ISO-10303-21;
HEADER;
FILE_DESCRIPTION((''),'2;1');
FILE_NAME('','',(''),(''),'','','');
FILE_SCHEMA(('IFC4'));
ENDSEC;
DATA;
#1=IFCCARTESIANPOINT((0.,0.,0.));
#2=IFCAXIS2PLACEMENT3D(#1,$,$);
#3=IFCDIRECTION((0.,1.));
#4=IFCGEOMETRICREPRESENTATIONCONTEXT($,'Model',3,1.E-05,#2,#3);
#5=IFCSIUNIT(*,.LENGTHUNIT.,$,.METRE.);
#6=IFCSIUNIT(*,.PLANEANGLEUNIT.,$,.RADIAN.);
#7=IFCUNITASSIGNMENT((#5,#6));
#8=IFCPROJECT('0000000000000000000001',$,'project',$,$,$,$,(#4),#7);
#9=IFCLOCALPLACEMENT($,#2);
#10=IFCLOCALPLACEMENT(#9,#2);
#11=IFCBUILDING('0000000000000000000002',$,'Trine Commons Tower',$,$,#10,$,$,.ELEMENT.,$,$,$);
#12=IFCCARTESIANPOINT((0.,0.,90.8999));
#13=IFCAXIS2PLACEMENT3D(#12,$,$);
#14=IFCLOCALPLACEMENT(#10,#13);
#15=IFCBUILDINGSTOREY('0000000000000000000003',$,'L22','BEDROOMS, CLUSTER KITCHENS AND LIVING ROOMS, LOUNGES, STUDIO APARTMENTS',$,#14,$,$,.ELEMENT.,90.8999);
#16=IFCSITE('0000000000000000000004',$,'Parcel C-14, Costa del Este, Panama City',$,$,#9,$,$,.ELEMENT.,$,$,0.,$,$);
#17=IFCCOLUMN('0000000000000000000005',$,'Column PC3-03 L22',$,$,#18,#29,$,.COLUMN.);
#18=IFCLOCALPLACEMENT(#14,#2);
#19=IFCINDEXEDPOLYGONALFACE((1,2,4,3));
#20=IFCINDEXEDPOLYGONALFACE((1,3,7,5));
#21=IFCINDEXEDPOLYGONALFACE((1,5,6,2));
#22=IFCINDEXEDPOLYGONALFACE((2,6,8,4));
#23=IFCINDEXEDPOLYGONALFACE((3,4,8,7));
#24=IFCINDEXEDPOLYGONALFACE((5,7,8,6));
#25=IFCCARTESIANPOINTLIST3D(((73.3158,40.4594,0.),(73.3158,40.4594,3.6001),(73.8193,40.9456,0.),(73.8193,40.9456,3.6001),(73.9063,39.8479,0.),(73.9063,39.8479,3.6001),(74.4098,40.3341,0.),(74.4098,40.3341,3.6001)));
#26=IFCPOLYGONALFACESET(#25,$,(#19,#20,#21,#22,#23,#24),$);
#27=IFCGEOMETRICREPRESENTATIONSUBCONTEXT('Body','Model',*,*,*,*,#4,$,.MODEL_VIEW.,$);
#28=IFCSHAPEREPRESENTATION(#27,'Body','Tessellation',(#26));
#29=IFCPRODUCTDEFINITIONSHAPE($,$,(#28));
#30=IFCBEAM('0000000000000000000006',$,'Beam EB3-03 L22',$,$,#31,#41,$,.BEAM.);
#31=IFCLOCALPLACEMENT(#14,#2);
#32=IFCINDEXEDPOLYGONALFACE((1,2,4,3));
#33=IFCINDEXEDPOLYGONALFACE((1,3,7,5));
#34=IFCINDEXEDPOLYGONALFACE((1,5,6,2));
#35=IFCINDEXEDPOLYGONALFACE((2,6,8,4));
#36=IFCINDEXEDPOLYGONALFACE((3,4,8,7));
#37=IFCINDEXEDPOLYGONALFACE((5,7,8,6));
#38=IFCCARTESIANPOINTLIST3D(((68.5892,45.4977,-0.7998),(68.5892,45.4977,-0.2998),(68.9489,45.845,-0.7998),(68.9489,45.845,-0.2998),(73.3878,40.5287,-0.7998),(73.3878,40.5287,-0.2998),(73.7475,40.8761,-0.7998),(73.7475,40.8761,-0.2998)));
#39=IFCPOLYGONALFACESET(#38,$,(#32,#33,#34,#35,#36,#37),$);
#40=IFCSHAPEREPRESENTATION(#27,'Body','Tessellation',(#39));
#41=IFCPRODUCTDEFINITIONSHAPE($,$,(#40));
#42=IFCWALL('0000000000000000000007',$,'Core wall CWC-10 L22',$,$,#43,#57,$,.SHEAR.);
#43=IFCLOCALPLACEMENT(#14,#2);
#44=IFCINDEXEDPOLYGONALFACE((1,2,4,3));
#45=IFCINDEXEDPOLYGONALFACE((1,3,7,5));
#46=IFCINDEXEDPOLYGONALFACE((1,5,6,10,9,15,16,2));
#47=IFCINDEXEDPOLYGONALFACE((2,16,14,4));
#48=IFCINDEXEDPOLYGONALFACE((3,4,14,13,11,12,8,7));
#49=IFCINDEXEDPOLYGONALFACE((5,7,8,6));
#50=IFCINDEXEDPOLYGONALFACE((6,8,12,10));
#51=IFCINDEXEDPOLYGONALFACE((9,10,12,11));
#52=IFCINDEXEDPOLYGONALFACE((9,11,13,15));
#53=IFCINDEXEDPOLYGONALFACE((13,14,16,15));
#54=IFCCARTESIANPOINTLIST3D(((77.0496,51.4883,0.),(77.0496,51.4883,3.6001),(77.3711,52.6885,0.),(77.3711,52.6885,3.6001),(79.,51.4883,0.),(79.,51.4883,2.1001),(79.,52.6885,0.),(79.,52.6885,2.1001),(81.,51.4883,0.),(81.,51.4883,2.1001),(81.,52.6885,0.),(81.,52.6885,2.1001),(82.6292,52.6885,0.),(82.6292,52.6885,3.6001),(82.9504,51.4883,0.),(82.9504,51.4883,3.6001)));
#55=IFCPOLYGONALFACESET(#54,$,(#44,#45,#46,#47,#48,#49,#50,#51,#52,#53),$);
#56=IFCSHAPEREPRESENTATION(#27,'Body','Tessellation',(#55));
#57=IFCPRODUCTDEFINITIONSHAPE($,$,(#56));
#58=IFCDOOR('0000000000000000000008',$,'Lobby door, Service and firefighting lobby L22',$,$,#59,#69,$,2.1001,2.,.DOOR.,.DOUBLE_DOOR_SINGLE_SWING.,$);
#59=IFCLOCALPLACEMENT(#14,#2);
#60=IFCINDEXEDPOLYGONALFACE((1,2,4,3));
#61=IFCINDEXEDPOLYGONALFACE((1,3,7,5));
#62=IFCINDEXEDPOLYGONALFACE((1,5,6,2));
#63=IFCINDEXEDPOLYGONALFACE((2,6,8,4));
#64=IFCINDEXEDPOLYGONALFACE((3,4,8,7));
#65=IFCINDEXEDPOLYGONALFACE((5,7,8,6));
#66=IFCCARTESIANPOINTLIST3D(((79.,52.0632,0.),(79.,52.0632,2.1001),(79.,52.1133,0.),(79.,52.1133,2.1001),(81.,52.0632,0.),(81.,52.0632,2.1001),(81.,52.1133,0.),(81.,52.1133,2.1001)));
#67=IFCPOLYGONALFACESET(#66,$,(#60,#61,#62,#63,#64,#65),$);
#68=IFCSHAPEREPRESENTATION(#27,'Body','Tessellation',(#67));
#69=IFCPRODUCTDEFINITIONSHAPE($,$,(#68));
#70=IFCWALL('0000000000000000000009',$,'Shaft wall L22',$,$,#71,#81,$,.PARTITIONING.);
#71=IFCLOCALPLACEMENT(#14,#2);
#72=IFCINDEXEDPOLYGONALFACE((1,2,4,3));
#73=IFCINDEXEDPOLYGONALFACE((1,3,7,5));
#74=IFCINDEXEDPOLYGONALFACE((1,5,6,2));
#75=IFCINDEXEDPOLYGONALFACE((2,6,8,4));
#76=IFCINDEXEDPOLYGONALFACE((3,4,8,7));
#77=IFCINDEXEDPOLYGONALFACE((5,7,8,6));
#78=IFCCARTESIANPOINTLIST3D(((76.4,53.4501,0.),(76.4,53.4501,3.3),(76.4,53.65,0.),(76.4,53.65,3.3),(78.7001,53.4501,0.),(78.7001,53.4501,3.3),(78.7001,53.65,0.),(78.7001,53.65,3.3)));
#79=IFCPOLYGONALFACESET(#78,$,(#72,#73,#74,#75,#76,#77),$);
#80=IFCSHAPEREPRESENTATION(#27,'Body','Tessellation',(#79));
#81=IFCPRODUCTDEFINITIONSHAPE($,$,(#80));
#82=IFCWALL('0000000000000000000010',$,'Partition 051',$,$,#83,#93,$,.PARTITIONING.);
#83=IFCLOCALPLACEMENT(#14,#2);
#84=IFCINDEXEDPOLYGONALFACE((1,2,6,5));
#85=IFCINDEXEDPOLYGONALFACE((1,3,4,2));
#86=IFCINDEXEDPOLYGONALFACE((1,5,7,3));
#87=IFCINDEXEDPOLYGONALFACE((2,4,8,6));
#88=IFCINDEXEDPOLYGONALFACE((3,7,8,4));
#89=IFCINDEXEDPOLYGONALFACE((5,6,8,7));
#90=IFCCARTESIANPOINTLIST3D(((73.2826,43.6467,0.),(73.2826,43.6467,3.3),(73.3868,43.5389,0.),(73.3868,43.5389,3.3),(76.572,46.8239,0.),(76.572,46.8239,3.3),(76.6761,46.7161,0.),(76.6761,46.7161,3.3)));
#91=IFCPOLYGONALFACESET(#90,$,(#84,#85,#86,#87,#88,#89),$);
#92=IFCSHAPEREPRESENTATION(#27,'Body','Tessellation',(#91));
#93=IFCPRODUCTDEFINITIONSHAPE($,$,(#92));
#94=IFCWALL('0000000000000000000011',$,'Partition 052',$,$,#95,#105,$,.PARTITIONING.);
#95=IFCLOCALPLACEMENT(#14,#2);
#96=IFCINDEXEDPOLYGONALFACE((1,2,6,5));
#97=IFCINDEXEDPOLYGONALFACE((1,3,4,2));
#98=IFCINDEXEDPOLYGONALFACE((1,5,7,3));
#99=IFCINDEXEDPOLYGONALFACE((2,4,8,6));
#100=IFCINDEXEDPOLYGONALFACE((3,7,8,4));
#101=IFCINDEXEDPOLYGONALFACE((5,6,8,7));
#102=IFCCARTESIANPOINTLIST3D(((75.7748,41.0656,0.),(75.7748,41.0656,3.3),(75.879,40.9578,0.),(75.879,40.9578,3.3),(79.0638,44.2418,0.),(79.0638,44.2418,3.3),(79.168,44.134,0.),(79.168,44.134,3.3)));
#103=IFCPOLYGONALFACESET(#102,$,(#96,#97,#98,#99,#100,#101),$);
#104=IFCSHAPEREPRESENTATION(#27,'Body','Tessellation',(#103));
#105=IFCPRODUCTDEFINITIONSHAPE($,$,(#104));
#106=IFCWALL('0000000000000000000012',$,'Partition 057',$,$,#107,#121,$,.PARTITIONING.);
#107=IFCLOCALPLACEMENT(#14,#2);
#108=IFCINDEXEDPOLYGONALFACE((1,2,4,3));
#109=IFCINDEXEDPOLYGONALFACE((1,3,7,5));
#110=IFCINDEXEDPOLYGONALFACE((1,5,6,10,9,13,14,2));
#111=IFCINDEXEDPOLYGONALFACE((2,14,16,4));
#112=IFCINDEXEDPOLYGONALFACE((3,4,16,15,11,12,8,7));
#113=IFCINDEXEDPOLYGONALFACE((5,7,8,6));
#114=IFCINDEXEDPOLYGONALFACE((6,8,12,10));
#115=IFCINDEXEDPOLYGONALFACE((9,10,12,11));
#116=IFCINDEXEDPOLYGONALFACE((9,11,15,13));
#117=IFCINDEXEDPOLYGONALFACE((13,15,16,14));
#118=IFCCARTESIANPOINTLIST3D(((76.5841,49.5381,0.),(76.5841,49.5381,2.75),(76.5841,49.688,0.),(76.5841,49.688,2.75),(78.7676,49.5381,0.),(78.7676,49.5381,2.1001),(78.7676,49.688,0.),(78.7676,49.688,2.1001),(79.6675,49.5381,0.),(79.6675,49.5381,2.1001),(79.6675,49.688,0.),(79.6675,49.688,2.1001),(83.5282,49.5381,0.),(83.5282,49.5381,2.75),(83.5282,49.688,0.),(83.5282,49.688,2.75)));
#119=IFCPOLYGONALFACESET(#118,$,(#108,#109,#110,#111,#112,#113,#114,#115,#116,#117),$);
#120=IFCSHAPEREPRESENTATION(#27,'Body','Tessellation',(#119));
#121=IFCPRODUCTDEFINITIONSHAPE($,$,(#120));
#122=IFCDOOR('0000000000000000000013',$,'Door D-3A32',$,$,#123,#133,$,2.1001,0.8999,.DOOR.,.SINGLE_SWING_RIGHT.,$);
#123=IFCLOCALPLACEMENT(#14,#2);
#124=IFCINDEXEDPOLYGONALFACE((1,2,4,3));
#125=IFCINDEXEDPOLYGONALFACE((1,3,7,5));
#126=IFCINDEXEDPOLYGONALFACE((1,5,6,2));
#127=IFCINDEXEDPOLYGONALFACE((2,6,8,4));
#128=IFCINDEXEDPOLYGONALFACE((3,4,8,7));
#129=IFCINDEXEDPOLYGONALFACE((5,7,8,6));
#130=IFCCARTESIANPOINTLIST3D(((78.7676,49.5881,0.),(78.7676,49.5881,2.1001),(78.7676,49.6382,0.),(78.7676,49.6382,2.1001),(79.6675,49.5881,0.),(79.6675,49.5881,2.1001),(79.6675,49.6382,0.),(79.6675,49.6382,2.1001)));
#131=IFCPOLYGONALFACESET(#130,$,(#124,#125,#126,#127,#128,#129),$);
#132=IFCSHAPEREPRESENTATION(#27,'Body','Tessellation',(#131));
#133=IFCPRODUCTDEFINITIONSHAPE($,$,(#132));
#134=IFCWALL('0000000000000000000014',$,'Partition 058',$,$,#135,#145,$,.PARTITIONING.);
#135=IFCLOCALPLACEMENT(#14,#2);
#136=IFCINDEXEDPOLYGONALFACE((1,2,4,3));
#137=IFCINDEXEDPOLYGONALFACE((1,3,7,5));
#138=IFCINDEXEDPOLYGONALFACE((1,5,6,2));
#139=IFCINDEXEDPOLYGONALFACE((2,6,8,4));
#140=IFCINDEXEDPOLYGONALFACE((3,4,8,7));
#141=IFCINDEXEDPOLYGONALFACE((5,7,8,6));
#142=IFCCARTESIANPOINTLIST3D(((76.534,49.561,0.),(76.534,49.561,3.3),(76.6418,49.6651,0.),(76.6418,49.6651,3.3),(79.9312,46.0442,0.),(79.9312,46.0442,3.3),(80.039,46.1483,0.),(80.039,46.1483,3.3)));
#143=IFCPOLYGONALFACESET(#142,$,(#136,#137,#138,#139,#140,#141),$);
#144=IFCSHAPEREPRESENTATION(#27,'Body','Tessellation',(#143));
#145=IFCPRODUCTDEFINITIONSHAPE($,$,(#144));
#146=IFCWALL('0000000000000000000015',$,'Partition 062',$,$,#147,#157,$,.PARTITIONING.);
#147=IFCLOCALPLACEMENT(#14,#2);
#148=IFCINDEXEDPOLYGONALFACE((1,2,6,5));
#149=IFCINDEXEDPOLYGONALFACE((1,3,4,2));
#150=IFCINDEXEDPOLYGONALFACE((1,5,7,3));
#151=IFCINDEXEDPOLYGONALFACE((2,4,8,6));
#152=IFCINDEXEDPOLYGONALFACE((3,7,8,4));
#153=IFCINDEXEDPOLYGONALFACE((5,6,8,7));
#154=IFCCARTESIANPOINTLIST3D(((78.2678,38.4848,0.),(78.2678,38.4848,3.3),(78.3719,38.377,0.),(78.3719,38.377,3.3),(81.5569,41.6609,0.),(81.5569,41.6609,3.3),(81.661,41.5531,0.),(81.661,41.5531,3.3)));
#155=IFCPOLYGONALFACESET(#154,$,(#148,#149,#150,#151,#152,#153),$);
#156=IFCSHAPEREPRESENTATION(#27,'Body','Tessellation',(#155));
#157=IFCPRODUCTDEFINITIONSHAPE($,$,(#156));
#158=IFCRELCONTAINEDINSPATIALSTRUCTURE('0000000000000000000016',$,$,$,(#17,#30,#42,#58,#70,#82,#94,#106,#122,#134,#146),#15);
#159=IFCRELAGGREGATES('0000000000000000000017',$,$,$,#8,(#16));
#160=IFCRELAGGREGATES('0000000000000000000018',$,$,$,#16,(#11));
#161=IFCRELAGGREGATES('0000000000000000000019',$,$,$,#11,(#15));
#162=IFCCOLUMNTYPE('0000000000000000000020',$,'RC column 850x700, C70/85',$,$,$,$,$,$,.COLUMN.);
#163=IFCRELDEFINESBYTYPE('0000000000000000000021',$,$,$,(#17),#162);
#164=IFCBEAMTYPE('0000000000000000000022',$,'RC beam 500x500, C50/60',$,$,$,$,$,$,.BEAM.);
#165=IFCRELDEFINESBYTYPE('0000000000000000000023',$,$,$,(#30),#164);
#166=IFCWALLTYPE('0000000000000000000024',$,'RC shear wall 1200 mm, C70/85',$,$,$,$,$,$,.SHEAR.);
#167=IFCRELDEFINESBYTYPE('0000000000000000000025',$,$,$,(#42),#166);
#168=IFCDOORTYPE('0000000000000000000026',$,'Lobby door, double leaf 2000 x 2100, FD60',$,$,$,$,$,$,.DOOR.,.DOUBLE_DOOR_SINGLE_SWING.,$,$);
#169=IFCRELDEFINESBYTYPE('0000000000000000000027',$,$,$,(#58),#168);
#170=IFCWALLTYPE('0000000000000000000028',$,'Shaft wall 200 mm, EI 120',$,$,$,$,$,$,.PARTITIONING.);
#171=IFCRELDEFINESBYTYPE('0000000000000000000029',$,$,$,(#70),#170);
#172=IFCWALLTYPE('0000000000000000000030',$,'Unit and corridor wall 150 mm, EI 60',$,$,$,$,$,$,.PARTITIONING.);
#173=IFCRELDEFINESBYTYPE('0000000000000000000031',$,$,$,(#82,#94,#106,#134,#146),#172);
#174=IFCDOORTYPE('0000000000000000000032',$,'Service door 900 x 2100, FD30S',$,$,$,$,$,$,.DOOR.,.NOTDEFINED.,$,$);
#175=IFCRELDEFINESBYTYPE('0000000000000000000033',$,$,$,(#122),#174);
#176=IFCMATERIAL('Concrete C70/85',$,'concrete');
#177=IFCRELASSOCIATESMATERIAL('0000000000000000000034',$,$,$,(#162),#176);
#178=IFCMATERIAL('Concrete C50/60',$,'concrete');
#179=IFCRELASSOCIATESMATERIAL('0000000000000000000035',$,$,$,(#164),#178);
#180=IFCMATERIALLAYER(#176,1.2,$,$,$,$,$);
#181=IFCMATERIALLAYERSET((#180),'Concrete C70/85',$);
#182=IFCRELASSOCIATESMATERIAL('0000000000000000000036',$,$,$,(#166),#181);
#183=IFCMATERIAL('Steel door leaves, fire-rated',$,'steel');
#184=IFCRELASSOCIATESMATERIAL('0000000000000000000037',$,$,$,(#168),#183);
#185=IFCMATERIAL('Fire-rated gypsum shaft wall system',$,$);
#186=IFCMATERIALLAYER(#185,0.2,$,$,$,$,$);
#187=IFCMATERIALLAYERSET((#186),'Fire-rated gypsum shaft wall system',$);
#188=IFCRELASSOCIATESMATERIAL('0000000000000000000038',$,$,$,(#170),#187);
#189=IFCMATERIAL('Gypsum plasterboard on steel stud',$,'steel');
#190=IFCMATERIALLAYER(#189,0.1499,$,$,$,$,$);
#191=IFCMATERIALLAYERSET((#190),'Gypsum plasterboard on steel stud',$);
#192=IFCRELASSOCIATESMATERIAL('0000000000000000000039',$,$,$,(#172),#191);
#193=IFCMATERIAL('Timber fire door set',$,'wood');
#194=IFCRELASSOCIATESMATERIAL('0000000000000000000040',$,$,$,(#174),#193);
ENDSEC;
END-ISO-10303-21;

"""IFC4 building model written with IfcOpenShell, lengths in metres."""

from ifc_helpers import new_model, si_unit, direction, frame, frame_2d, origin, origin_2d, place, context, subcontext, project, spatial, polyline, rectangle, outline, extrude, material, layer, layer_set, material_profile, profile_set, type_object, element, fill, save


model = new_model("IFC4")

# Units and contexts
model_context = context("Model", 3, precision=1e-05, world=origin(), true_north=direction((0.0, 1.0)))
body_context = subcontext(model_context, "Body", "Model", "MODEL_VIEW")
ifc_project = project(units=[si_unit("LENGTHUNIT", "METRE"), si_unit("PLANEANGLEUNIT", "RADIAN")], contexts=[model_context])

# Site, building, storey
site_placement = place(None, origin())
site = spatial("IfcSite", under=ifc_project, at=site_placement, Name="Parcel C-14, Costa del Este, Panama City", CompositionType="ELEMENT", RefElevation=0.0)
building_placement = place(site_placement, origin())
building = spatial("IfcBuilding", under=site, at=building_placement, Name="Trine Commons Tower", CompositionType="ELEMENT")
storey_placement = place(building_placement, frame((0.0, 0.0, 90.8999)))
storey = spatial("IfcBuildingStorey", under=building, at=storey_placement, Name="L22", Description="BEDROOMS, CLUSTER KITCHENS AND LIVING ROOMS, LOUNGES, STUDIO APARTMENTS", CompositionType="ELEMENT", Elevation=90.8999)

# Column
ifc_material_1 = material(Name="Concrete C70/85", Category="concrete")
ifc_material_profile_1 = material_profile(ifc_material_1, rectangle(XDim=0.8501, YDim=0.7, at=origin_2d()), Name="RC 850x700")
ifc_profile_set_1 = profile_set([ifc_material_profile_1], Name="Concrete C70/85")
column_type = type_object("IfcColumnType", Name="RC column 850x700, C70/85", PredefinedType="COLUMN", material=ifc_profile_set_1)
column_placement = place(storey_placement, frame((73.8628, 40.3967, 0.0), z_axis=(0.0, 0.0, 1.0), x_axis=(-0.694658, 0.71934, 0.0)))
element("IfcColumn", 1, at=column_placement, inside=storey, type_object=column_type, Name="Column PC3-03 L22", PredefinedType="COLUMN", context=body_context, shape_type="SweptSolid", body=[
    extrude(rectangle(XDim=0.8501, YDim=0.7, at=origin_2d()), origin(), (0.0, 0.0, 1.0), 3.6001),
])

# Beam
ifc_material_2 = material(Name="Concrete C50/60", Category="concrete")
ifc_material_profile_2 = material_profile(ifc_material_2, rectangle(XDim=0.5, YDim=0.5, at=origin_2d()), Name="RC 500x500")
ifc_profile_set_2 = profile_set([ifc_material_profile_2], Name="Concrete C50/60")
beam_type = type_object("IfcBeamType", Name="RC beam 500x500, C50/60", PredefinedType="BEAM", material=ifc_profile_set_2)
beam_placement = place(storey_placement, frame((73.5676, 40.7024, -0.5498), z_axis=(-0.694665, 0.719334, 0.0), x_axis=(-0.719334, -0.694665, 0.0)))
element("IfcBeam", 2, at=beam_placement, inside=storey, type_object=beam_type, Name="Beam EB3-03 L22", PredefinedType="BEAM", context=body_context, shape_type="SweptSolid", body=[
    extrude(rectangle(XDim=0.5, YDim=0.5, at=origin_2d()), origin(), (0.0, 0.0, 1.0), 6.9077),
])

# Wall, opening, door
ifc_layer_1 = layer(ifc_material_1, 1.2)
ifc_layer_set_1 = layer_set([ifc_layer_1], Name="Concrete C70/85")
wall_type_1 = type_object("IfcWallType", Name="RC shear wall 1200 mm, C70/85", PredefinedType="SHEAR", material=ifc_layer_set_1)
wall_1_placement = place(storey_placement, frame((77.0496, 52.0884, 0.0), z_axis=(0.0, 0.0, 1.0), x_axis=(1.0, 0.0, 0.0)))
wall_1 = element("IfcWall", 3, at=wall_1_placement, inside=storey, type_object=wall_type_1, Name="Core wall CWC-10 L22", PredefinedType="SHEAR", context=body_context, shape_type="SweptSolid", body=[
    extrude(outline(polyline([(0.0, -0.6001), (5.9009, -0.6001), (5.5796, 0.6001), (0.3215, 0.6001), (0.0, -0.6001)])), origin(), (0.0, 0.0, 1.0), 3.6001),
])
opening_1_placement = place(wall_1_placement, frame((1.9504, 0.0, 0.0)))
opening_1 = element("IfcOpeningElement", 4, at=opening_1_placement, cuts=wall_1, PredefinedType="OPENING", context=body_context, shape_type="SweptSolid", body=[
    extrude(rectangle(XDim=2.0, YDim=2.1001, at=frame_2d((1.0, 1.05))), frame((0.0, 0.6099, 0.0), z_axis=(0.0, -1.0, 0.0), x_axis=(1.0, 0.0, 0.0)), (0.0, 0.0, 1.0), 1.22),
])
ifc_material_3 = material(Name="Steel door leaves, fire-rated", Category="steel")
door_type_1 = type_object("IfcDoorType", Name="Lobby door, double leaf 2000 x 2100, FD60", OperationType="DOUBLE_DOOR_SINGLE_SWING", PredefinedType="DOOR", material=ifc_material_3)
door_1_placement = place(opening_1_placement, origin())
door_1 = element("IfcDoor", 5, at=door_1_placement, inside=storey, type_object=door_type_1, Name="Lobby door, Service and firefighting lobby L22", OperationType="DOUBLE_DOOR_SINGLE_SWING", OverallHeight=2.1001, OverallWidth=2.0, PredefinedType="DOOR", context=body_context, shape_type="SweptSolid", body=[
    extrude(rectangle(XDim=2.0, YDim=2.1001, at=frame_2d((1.0, 1.05))), frame((0.0, 0.0249, 0.0), z_axis=(0.0, -1.0, 0.0), x_axis=(1.0, 0.0, 0.0)), (0.0, 0.0, 1.0), 0.05),
])
fill(opening_1, door_1)

# Walls
ifc_material_4 = material(Name="Fire-rated gypsum shaft wall system")
ifc_layer_2 = layer(ifc_material_4, 0.2)
ifc_layer_set_2 = layer_set([ifc_layer_2], Name="Fire-rated gypsum shaft wall system")
wall_type_2 = type_object("IfcWallType", Name="Shaft wall 200 mm, EI 120", PredefinedType="PARTITIONING", material=ifc_layer_set_2)
wall_2_placement = place(storey_placement, frame((78.7, 53.55, 0.0), z_axis=(0.0, 0.0, 1.0), x_axis=(-1.0, 0.0, 0.0)))
element("IfcWall", 6, at=wall_2_placement, inside=storey, type_object=wall_type_2, Name="Shaft wall L22", PredefinedType="PARTITIONING", context=body_context, shape_type="SweptSolid", body=[
    extrude(rectangle(XDim=2.3, YDim=0.2, at=frame_2d((1.1499, 0.0))), origin(), (0.0, 0.0, 1.0), 3.3),
])
ifc_material_5 = material(Name="Gypsum plasterboard on steel stud", Category="steel")
ifc_layer_3 = layer(ifc_material_5, 0.1499)
ifc_layer_set_3 = layer_set([ifc_layer_3], Name="Gypsum plasterboard on steel stud")
wall_type_3 = type_object("IfcWallType", Name="Unit and corridor wall 150 mm, EI 60", PredefinedType="PARTITIONING", material=ifc_layer_set_3)
wall_3_placement = place(storey_placement, frame((73.3347, 43.5928, 0.0), z_axis=(0.0, 0.0, 1.0), x_axis=(0.719252, 0.694749, 0.0)))
element("IfcWall", 7, at=wall_3_placement, inside=storey, type_object=wall_type_3, Name="Partition 051", PredefinedType="PARTITIONING", context=body_context, shape_type="SweptSolid", body=[
    extrude(rectangle(XDim=4.5732, YDim=0.1499, at=frame_2d((2.2866, 0.0))), origin(), (0.0, 0.0, 1.0), 3.3),
])
wall_4_placement = place(storey_placement, frame((75.8269, 41.0117, 0.0), z_axis=(0.0, 0.0, 1.0), x_axis=(0.719333, 0.694665, 0.0)))
element("IfcWall", 8, at=wall_4_placement, inside=storey, type_object=wall_type_3, Name="Partition 052", PredefinedType="PARTITIONING", context=body_context, shape_type="SweptSolid", body=[
    extrude(rectangle(XDim=4.5723, YDim=0.1499, at=frame_2d((2.2861, 0.0))), origin(), (0.0, 0.0, 1.0), 3.3),
])

# Wall, opening, door
wall_5_placement = place(storey_placement, frame((76.584, 49.613, 0.0), z_axis=(0.0, 0.0, 1.0), x_axis=(1.0, 0.0, 0.0)))
wall_5 = element("IfcWall", 9, at=wall_5_placement, inside=storey, type_object=wall_type_3, Name="Partition 057", PredefinedType="PARTITIONING", context=body_context, shape_type="SweptSolid", body=[
    extrude(rectangle(XDim=6.9441, YDim=0.1499, at=frame_2d((3.4722, 0.0))), origin(), (0.0, 0.0, 1.0), 2.75),
])
opening_2_placement = place(wall_5_placement, frame((2.1836, 0.0, 0.0)))
opening_2 = element("IfcOpeningElement", 10, at=opening_2_placement, cuts=wall_5, PredefinedType="OPENING", context=body_context, shape_type="SweptSolid", body=[
    extrude(rectangle(XDim=0.8999, YDim=2.1001, at=frame_2d((0.45, 1.05))), frame((0.0, 0.085, 0.0), z_axis=(0.0, -1.0, 0.0), x_axis=(1.0, 0.0, 0.0)), (0.0, 0.0, 1.0), 0.1699),
])
ifc_material_6 = material(Name="Timber fire door set", Category="wood")
door_type_2 = type_object("IfcDoorType", Name="Service door 900 x 2100, FD30S", OperationType="NOTDEFINED", PredefinedType="DOOR", material=ifc_material_6)
door_2_placement = place(opening_2_placement, frame((0.8999, 0.0, 0.0), z_axis=(0.0, 0.0, 1.0), x_axis=(-1.0, 0.0, 0.0)))
door_2 = element("IfcDoor", 11, at=door_2_placement, inside=storey, type_object=door_type_2, Name="Door D-3A32", OperationType="SINGLE_SWING_RIGHT", OverallHeight=2.1001, OverallWidth=0.8999, PredefinedType="DOOR", context=body_context, shape_type="SweptSolid", body=[
    extrude(rectangle(XDim=0.8999, YDim=2.1001, at=frame_2d((0.45, 1.05))), frame((0.0, 0.0249, 0.0), z_axis=(0.0, -1.0, 0.0), x_axis=(1.0, 0.0, 0.0)), (0.0, 0.0, 1.0), 0.05),
])
fill(opening_2, door_2)

# Walls
wall_6_placement = place(storey_placement, frame((76.5879, 49.613, 0.0), z_axis=(0.0, 0.0, 1.0), x_axis=(0.694768, -0.719234, 0.0)))
element("IfcWall", 12, at=wall_6_placement, inside=storey, type_object=wall_type_3, Name="Partition 058", PredefinedType="PARTITIONING", context=body_context, shape_type="SweptSolid", body=[
    extrude(rectangle(XDim=4.8896, YDim=0.1499, at=frame_2d((2.4448, 0.0))), origin(), (0.0, 0.0, 1.0), 3.3),
])
wall_7_placement = place(storey_placement, frame((78.3198, 38.4309, 0.0), z_axis=(0.0, 0.0, 1.0), x_axis=(0.71936, 0.694637, 0.0)))
element("IfcWall", 13, at=wall_7_placement, inside=storey, type_object=wall_type_3, Name="Partition 062", PredefinedType="PARTITIONING", context=body_context, shape_type="SweptSolid", body=[
    extrude(rectangle(XDim=4.5723, YDim=0.1499, at=frame_2d((2.2861, 0.0))), origin(), (0.0, 0.0, 1.0), 3.3),
])

save(model, "model.ifc")
